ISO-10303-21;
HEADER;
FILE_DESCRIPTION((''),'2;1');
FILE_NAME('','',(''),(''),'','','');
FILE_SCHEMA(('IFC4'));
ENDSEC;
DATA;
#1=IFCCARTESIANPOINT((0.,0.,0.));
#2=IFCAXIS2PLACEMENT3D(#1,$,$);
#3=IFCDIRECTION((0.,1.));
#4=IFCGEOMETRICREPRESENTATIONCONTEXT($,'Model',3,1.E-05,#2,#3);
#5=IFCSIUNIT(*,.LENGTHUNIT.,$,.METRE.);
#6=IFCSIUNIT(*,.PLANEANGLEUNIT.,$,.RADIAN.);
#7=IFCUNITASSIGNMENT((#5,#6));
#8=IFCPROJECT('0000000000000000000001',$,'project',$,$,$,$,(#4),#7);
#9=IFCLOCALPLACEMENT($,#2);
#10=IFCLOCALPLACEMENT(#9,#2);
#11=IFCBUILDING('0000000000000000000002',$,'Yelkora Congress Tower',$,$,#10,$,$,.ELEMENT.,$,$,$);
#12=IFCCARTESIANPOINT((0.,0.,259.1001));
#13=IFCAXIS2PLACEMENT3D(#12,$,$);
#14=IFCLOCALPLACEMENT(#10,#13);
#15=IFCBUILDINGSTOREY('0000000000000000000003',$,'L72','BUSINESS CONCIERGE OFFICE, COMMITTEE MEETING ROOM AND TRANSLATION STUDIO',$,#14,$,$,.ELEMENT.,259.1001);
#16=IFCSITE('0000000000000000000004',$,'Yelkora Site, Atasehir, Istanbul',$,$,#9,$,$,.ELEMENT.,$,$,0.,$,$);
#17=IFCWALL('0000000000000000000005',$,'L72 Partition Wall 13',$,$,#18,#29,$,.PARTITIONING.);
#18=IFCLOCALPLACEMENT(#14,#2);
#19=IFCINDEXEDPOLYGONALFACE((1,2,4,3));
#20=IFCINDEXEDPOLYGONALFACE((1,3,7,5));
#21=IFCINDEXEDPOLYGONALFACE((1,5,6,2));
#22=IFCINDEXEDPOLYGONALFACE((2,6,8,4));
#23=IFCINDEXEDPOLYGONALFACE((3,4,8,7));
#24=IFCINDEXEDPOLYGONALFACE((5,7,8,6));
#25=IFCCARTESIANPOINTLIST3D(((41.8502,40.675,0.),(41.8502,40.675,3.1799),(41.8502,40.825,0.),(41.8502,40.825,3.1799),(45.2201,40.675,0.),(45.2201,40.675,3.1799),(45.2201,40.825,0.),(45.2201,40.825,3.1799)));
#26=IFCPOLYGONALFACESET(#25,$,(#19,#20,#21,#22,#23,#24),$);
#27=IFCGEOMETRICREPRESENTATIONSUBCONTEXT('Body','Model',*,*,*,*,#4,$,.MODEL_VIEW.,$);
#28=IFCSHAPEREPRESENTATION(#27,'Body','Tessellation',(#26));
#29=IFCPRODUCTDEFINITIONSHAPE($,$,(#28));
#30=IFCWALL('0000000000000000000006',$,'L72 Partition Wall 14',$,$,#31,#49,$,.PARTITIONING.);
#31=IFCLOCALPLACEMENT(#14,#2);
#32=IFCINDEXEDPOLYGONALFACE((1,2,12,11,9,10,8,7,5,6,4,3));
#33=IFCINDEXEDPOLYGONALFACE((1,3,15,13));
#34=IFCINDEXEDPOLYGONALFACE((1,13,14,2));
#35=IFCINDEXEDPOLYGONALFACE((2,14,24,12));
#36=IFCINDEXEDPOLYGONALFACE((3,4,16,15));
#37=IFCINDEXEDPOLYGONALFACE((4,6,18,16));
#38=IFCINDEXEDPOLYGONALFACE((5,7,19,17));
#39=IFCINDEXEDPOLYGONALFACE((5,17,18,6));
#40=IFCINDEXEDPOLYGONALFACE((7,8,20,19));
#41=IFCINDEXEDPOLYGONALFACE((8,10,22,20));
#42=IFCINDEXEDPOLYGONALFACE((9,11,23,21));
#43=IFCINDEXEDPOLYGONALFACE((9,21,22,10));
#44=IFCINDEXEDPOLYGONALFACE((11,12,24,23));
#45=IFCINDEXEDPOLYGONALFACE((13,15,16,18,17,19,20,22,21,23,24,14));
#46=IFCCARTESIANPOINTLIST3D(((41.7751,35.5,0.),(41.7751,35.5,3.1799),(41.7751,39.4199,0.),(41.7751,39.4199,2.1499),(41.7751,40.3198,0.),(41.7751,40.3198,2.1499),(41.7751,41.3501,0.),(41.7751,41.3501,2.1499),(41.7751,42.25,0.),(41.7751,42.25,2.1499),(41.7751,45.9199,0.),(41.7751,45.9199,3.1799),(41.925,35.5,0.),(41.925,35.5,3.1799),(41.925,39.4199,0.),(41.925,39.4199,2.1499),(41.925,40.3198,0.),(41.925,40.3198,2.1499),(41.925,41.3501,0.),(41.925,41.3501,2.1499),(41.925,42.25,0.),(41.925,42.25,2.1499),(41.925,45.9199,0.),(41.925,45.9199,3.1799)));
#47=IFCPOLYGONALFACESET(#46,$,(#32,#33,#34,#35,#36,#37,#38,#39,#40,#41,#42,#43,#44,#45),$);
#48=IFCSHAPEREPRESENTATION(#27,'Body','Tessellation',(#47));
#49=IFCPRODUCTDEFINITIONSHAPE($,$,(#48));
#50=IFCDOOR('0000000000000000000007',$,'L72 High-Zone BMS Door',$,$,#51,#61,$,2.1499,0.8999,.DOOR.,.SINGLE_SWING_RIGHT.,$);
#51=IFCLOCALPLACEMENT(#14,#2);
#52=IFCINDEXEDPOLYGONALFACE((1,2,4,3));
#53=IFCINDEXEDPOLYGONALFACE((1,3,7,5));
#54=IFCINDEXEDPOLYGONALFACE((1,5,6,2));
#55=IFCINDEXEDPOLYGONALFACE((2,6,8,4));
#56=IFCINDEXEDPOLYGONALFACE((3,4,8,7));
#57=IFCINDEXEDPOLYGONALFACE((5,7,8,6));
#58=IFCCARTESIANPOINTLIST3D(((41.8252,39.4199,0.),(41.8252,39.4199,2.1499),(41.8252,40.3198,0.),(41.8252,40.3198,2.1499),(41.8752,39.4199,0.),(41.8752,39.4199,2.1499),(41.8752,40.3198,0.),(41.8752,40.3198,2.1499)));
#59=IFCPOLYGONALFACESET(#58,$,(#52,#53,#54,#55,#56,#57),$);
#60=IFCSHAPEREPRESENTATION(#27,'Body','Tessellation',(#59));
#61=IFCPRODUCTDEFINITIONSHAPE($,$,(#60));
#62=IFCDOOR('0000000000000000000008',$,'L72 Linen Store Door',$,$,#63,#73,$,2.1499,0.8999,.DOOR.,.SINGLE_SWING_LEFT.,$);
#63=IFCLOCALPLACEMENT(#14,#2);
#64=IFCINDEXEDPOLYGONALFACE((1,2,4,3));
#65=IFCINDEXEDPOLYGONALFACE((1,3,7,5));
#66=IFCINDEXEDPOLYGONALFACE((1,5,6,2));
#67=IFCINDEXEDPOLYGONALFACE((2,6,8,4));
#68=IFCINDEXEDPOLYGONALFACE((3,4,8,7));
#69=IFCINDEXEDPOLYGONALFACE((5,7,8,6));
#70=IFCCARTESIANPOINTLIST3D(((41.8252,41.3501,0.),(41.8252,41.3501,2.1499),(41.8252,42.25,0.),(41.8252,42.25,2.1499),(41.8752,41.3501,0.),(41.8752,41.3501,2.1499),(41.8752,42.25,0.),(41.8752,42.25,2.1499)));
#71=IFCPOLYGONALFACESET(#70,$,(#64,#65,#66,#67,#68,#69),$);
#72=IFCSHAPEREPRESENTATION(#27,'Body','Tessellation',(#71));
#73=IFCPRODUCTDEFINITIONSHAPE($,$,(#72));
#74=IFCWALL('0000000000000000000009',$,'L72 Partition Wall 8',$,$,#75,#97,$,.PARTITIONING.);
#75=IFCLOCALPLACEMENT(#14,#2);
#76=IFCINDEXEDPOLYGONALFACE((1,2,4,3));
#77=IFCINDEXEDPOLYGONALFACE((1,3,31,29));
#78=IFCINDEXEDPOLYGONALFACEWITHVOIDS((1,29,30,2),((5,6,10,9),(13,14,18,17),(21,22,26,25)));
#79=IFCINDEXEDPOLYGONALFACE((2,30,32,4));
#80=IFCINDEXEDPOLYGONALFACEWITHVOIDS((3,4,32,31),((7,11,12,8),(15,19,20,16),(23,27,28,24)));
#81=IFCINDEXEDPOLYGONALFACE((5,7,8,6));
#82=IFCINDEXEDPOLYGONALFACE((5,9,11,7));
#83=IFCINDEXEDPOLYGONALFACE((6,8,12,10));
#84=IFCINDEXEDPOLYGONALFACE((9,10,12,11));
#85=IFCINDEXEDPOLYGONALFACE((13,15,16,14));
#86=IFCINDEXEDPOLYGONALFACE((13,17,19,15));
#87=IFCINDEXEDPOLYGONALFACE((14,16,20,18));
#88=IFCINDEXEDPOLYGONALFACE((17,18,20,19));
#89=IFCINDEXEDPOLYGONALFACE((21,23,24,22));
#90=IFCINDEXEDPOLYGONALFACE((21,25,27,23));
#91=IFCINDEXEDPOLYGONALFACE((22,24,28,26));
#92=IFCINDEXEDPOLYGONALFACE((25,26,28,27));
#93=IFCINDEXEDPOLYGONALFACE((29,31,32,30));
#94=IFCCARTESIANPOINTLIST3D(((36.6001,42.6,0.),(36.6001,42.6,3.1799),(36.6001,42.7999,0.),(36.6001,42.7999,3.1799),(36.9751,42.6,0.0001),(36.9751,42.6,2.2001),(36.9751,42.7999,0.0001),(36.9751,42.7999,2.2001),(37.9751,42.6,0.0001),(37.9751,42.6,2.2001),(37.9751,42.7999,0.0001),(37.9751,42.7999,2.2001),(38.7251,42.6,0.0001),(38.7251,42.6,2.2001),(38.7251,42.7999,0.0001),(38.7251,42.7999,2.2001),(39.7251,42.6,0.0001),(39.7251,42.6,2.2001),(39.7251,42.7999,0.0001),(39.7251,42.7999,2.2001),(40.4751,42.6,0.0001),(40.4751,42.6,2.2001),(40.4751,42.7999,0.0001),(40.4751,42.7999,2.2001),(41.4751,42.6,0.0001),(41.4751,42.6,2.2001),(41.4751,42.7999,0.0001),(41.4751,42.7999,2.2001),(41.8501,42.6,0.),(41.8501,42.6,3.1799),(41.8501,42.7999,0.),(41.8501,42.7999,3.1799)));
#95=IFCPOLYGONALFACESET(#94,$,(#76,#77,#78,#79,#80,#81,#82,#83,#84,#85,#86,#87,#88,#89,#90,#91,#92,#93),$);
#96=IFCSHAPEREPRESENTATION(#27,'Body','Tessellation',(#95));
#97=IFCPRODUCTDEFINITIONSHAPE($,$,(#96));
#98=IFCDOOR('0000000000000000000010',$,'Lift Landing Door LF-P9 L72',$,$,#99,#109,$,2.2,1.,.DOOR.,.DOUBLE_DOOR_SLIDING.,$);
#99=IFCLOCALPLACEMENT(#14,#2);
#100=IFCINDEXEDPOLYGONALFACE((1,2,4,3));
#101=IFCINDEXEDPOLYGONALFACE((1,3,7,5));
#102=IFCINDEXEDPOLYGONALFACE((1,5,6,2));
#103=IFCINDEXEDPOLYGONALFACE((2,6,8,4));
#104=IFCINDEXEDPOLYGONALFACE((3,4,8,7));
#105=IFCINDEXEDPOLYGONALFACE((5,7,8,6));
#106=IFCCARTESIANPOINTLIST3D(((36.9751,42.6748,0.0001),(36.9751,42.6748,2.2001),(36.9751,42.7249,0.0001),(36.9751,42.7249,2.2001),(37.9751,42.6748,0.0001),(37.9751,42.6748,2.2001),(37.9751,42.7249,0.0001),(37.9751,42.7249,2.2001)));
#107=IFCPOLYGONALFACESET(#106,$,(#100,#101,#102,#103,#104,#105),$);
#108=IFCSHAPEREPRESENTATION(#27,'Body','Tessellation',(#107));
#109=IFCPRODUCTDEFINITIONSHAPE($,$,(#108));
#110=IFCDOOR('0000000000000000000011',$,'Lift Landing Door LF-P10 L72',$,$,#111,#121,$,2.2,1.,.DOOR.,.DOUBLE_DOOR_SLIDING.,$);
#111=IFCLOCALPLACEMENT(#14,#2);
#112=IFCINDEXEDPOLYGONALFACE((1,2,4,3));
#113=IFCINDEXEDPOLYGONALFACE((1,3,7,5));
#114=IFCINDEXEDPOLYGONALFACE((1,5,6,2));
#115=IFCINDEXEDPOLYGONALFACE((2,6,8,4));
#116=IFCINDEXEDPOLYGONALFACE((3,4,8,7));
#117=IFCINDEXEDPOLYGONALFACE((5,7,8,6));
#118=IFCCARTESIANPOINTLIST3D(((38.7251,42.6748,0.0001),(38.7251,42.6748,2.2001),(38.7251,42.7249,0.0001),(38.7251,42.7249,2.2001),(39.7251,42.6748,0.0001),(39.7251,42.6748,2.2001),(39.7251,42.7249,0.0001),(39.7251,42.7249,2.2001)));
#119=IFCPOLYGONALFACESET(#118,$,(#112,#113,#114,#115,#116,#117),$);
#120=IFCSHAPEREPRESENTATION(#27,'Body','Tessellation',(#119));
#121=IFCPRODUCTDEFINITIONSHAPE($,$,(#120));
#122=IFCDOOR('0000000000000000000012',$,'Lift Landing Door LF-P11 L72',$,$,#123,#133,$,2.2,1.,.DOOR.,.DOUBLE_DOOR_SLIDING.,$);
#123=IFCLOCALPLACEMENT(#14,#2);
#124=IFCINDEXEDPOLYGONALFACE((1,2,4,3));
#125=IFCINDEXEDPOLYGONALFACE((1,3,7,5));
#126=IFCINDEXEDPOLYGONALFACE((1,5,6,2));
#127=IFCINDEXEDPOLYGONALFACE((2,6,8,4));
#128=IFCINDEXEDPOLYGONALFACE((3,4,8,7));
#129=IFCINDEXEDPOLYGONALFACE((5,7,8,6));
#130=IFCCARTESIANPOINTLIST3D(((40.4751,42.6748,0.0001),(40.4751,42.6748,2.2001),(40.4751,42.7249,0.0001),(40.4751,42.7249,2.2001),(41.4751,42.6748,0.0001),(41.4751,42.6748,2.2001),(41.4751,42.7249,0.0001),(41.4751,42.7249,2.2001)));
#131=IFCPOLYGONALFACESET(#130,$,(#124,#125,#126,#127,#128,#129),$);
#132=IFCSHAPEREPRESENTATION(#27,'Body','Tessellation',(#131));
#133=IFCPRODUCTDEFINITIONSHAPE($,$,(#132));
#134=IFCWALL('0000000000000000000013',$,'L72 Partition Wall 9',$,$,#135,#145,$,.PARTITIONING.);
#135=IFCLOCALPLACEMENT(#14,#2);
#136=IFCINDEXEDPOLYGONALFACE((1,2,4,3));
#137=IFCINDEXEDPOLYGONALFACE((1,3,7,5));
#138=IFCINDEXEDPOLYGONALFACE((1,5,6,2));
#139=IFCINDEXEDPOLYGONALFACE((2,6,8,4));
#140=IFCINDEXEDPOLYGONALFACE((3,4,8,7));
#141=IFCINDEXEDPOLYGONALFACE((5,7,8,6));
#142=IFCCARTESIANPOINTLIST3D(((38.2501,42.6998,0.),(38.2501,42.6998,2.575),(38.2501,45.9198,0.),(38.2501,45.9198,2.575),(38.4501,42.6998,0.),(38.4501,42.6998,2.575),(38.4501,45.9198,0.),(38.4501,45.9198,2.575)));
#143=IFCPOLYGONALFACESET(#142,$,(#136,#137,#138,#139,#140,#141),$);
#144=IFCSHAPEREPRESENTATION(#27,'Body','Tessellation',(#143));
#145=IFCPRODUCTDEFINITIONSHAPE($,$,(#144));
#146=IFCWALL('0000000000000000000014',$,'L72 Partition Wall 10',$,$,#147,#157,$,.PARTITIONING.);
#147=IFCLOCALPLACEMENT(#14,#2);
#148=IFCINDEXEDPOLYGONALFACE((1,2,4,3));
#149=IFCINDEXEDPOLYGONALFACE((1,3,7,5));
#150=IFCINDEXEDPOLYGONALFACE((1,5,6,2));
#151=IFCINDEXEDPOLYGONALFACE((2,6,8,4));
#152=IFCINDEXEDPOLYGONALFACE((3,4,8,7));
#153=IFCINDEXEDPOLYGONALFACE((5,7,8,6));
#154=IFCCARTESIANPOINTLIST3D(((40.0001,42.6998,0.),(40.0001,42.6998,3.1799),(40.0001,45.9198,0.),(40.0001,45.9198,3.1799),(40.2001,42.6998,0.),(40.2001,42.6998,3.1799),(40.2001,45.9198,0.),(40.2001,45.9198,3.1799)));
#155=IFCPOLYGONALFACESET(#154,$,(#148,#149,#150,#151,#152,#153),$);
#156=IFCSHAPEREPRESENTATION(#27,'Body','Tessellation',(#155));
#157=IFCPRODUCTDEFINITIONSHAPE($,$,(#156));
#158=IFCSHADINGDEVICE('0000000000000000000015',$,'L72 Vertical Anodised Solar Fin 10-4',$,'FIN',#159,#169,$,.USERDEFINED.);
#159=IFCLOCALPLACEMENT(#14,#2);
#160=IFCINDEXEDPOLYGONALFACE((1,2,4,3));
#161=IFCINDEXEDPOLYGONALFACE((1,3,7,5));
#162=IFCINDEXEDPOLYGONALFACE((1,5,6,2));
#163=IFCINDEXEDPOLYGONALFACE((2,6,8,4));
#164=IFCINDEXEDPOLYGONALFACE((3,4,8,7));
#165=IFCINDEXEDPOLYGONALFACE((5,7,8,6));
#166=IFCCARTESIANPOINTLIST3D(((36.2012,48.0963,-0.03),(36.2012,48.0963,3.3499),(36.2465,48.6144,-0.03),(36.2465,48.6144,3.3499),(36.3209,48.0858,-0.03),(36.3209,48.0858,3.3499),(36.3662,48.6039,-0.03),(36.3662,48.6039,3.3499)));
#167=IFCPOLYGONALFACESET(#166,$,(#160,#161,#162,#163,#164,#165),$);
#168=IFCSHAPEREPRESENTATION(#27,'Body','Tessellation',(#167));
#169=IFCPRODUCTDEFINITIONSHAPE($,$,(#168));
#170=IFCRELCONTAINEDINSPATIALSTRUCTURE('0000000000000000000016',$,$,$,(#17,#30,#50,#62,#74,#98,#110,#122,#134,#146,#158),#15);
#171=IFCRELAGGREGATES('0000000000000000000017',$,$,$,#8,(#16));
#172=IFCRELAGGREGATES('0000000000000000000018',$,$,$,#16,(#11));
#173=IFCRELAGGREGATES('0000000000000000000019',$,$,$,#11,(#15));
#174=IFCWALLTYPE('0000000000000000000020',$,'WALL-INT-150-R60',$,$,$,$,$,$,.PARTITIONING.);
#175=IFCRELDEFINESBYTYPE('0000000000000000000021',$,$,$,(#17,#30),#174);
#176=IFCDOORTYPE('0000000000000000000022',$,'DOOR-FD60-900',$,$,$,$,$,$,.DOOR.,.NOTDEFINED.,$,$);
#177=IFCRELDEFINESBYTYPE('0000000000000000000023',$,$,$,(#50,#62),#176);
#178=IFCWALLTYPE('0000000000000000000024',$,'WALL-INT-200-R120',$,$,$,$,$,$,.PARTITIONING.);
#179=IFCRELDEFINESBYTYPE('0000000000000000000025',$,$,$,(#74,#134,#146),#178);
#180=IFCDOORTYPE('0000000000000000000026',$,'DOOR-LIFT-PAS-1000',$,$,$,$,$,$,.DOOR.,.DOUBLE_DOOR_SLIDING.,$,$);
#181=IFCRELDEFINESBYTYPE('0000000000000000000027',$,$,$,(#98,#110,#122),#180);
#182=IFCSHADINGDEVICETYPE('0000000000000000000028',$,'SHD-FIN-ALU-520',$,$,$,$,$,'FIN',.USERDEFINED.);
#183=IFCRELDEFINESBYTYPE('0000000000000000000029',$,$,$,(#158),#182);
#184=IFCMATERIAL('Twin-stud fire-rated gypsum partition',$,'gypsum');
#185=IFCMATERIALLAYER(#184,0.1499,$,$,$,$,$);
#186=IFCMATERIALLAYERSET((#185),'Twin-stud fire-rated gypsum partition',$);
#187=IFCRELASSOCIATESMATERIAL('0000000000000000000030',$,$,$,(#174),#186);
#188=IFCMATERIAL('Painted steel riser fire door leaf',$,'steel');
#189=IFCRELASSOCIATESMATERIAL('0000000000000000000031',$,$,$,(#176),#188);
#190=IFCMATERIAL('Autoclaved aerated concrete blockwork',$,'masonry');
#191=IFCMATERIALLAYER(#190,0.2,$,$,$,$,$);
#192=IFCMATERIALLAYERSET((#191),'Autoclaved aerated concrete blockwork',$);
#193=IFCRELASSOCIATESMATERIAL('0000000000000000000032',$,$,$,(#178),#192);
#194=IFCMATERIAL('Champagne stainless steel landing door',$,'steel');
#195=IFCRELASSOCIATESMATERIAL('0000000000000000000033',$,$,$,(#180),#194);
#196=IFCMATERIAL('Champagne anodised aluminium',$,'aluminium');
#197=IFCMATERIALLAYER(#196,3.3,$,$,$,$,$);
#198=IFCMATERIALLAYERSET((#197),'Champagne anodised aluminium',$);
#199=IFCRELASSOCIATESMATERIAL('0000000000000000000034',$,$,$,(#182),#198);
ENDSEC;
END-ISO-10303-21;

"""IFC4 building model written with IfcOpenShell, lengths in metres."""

from ifc_helpers import new_model, si_unit, direction, frame, frame_2d, origin, origin_2d, place, context, subcontext, project, spatial, rectangle, extrude, material, layer, layer_set, type_object, element, fill, save


model = new_model("IFC4")

# Units and contexts
model_context = context("Model", 3, precision=1e-05, world=origin(), true_north=direction((0.0, 1.0)))
body_context = subcontext(model_context, "Body", "Model", "MODEL_VIEW")
ifc_project = project(units=[si_unit("LENGTHUNIT", "METRE"), si_unit("PLANEANGLEUNIT", "RADIAN")], contexts=[model_context])

# Site, building, storey
site_placement = place(None, origin())
site = spatial("IfcSite", under=ifc_project, at=site_placement, Name="Yelkora Site, Atasehir, Istanbul", CompositionType="ELEMENT", RefElevation=0.0)
building_placement = place(site_placement, origin())
building = spatial("IfcBuilding", under=site, at=building_placement, Name="Yelkora Congress Tower", CompositionType="ELEMENT")
storey_placement = place(building_placement, frame((0.0, 0.0, 259.1001)))
storey = spatial("IfcBuildingStorey", under=building, at=storey_placement, Name="L72", Description="BUSINESS CONCIERGE OFFICE, COMMITTEE MEETING ROOM AND TRANSLATION STUDIO", CompositionType="ELEMENT", Elevation=259.1001)

# Shared definitions
ifc_material_1 = material(Name="Twin-stud fire-rated gypsum partition", Category="gypsum")
ifc_layer_1 = layer(ifc_material_1, 0.1499)
ifc_layer_set_1 = layer_set([ifc_layer_1], Name="Twin-stud fire-rated gypsum partition")
wall_type_1 = type_object("IfcWallType", Name="WALL-INT-150-R60", PredefinedType="PARTITIONING", material=ifc_layer_set_1)

# Shared definitions
ifc_material_2 = material(Name="Painted steel riser fire door leaf", Category="steel")
door_type_1 = type_object("IfcDoorType", Name="DOOR-FD60-900", OperationType="NOTDEFINED", PredefinedType="DOOR", material=ifc_material_2)

# Wall
wall_1_placement = place(storey_placement, frame((41.8501, 40.75, 0.0), z_axis=(0.0, 0.0, 1.0), x_axis=(1.0, 0.0, 0.0)))
element("IfcWall", 1, at=wall_1_placement, inside=storey, type_object=wall_type_1, Name="L72 Partition Wall 13", PredefinedType="PARTITIONING", context=body_context, shape_type="SweptSolid", body=[
    extrude(rectangle(XDim=3.3699, YDim=0.1499, at=frame_2d((1.6851, 0.0))), origin(), (0.0, 0.0, 1.0), 3.1799),
])

# Walls, openings, doors
wall_2_placement = place(storey_placement, frame((41.8501, 35.5, 0.0), z_axis=(0.0, 0.0, 1.0), x_axis=(0.0, 1.0, 0.0)))
wall_2 = element("IfcWall", 2, at=wall_2_placement, inside=storey, type_object=wall_type_1, Name="L72 Partition Wall 14", PredefinedType="PARTITIONING", context=body_context, shape_type="SweptSolid", body=[
    extrude(rectangle(XDim=10.4199, YDim=0.1499, at=frame_2d((5.21, 0.0))), origin(), (0.0, 0.0, 1.0), 3.1799),
])
opening_1_placement = place(wall_2_placement, frame((3.9199, 0.0, 0.0)))
opening_1 = element("IfcOpeningElement", 3, at=opening_1_placement, cuts=wall_2, PredefinedType="OPENING", context=body_context, shape_type="SweptSolid", body=[
    extrude(rectangle(XDim=0.8999, YDim=2.1499, at=frame_2d((0.45, 1.075))), frame((0.0, 0.085, 0.0), z_axis=(0.0, -1.0, 0.0), x_axis=(1.0, 0.0, 0.0)), (0.0, 0.0, 1.0), 0.1699),
])
opening_2_placement = place(wall_2_placement, frame((5.8501, 0.0, 0.0)))
opening_2 = element("IfcOpeningElement", 4, at=opening_2_placement, cuts=wall_2, PredefinedType="OPENING", context=body_context, shape_type="SweptSolid", body=[
    extrude(rectangle(XDim=0.8999, YDim=2.1499, at=frame_2d((0.45, 1.075))), frame((0.0, 0.085, 0.0), z_axis=(0.0, -1.0, 0.0), x_axis=(1.0, 0.0, 0.0)), (0.0, 0.0, 1.0), 0.1699),
])
door_1_placement = place(opening_1_placement, origin())
door_1 = element("IfcDoor", 5, at=door_1_placement, inside=storey, type_object=door_type_1, Name="L72 High-Zone BMS Door", OperationType="SINGLE_SWING_RIGHT", OverallHeight=2.1499, OverallWidth=0.8999, PredefinedType="DOOR", context=body_context, shape_type="SweptSolid", body=[
    extrude(rectangle(XDim=0.8999, YDim=2.1499, at=frame_2d((0.45, 1.075))), frame((0.0, 0.0249, 0.0), z_axis=(0.0, -1.0, 0.0), x_axis=(1.0, 0.0, 0.0)), (0.0, 0.0, 1.0), 0.05),
])
fill(opening_1, door_1)
door_2_placement = place(opening_2_placement, origin())
door_2 = element("IfcDoor", 6, at=door_2_placement, inside=storey, type_object=door_type_1, Name="L72 Linen Store Door", OperationType="SINGLE_SWING_LEFT", OverallHeight=2.1499, OverallWidth=0.8999, PredefinedType="DOOR", context=body_context, shape_type="SweptSolid", body=[
    extrude(rectangle(XDim=0.8999, YDim=2.1499, at=frame_2d((0.45, 1.075))), frame((0.0, 0.0249, 0.0), z_axis=(0.0, -1.0, 0.0), x_axis=(1.0, 0.0, 0.0)), (0.0, 0.0, 1.0), 0.05),
])
fill(opening_2, door_2)
ifc_material_3 = material(Name="Autoclaved aerated concrete blockwork", Category="masonry")
ifc_layer_2 = layer(ifc_material_3, 0.2)
ifc_layer_set_2 = layer_set([ifc_layer_2], Name="Autoclaved aerated concrete blockwork")
wall_type_2 = type_object("IfcWallType", Name="WALL-INT-200-R120", PredefinedType="PARTITIONING", material=ifc_layer_set_2)
wall_3_placement = place(storey_placement, frame((36.6001, 42.7, 0.0), z_axis=(0.0, 0.0, 1.0), x_axis=(1.0, 0.0, 0.0)))
wall_3 = element("IfcWall", 7, at=wall_3_placement, inside=storey, type_object=wall_type_2, Name="L72 Partition Wall 8", PredefinedType="PARTITIONING", context=body_context, shape_type="SweptSolid", body=[
    extrude(rectangle(XDim=5.25, YDim=0.2, at=frame_2d((2.625, 0.0))), origin(), (0.0, 0.0, 1.0), 3.1799),
])
opening_3_placement = place(wall_3_placement, frame((0.375, 0.0, 0.0)))
opening_3 = element("IfcOpeningElement", 8, at=opening_3_placement, cuts=wall_3, PredefinedType="OPENING", context=body_context, shape_type="SweptSolid", body=[
    extrude(rectangle(XDim=1.0, YDim=2.2, at=frame_2d((0.5, 1.1001))), frame((0.0, 0.1099, 0.0), z_axis=(0.0, -1.0, 0.0), x_axis=(1.0, 0.0, 0.0)), (0.0, 0.0, 1.0), 0.22),
])
opening_4_placement = place(wall_3_placement, frame((2.125, 0.0, 0.0)))
opening_4 = element("IfcOpeningElement", 9, at=opening_4_placement, cuts=wall_3, PredefinedType="OPENING", context=body_context, shape_type="SweptSolid", body=[
    extrude(rectangle(XDim=1.0, YDim=2.2, at=frame_2d((0.5, 1.1001))), frame((0.0, 0.1099, 0.0), z_axis=(0.0, -1.0, 0.0), x_axis=(1.0, 0.0, 0.0)), (0.0, 0.0, 1.0), 0.22),
])
opening_5_placement = place(wall_3_placement, frame((3.875, 0.0, 0.0)))
opening_5 = element("IfcOpeningElement", 10, at=opening_5_placement, cuts=wall_3, PredefinedType="OPENING", context=body_context, shape_type="SweptSolid", body=[
    extrude(rectangle(XDim=1.0, YDim=2.2, at=frame_2d((0.5, 1.1001))), frame((0.0, 0.1099, 0.0), z_axis=(0.0, -1.0, 0.0), x_axis=(1.0, 0.0, 0.0)), (0.0, 0.0, 1.0), 0.22),
])
ifc_material_4 = material(Name="Champagne stainless steel landing door", Category="steel")
door_type_2 = type_object("IfcDoorType", Name="DOOR-LIFT-PAS-1000", OperationType="DOUBLE_DOOR_SLIDING", PredefinedType="DOOR", material=ifc_material_4)
door_3_placement = place(opening_3_placement, origin())
door_3 = element("IfcDoor", 11, at=door_3_placement, inside=storey, type_object=door_type_2, Name="Lift Landing Door LF-P9 L72", OperationType="DOUBLE_DOOR_SLIDING", OverallHeight=2.2, OverallWidth=1.0, PredefinedType="DOOR", context=body_context, shape_type="SweptSolid", body=[
    extrude(rectangle(XDim=1.0, YDim=2.2, at=frame_2d((0.5, 1.1001))), frame((0.0, 0.0249, 0.0), z_axis=(0.0, -1.0, 0.0), x_axis=(1.0, 0.0, 0.0)), (0.0, 0.0, 1.0), 0.05),
])
fill(opening_3, door_3)
door_4_placement = place(opening_4_placement, origin())
door_4 = element("IfcDoor", 12, at=door_4_placement, inside=storey, type_object=door_type_2, Name="Lift Landing Door LF-P10 L72", OperationType="DOUBLE_DOOR_SLIDING", OverallHeight=2.2, OverallWidth=1.0, PredefinedType="DOOR", context=body_context, shape_type="SweptSolid", body=[
    extrude(rectangle(XDim=1.0, YDim=2.2, at=frame_2d((0.5, 1.1001))), frame((0.0, 0.0249, 0.0), z_axis=(0.0, -1.0, 0.0), x_axis=(1.0, 0.0, 0.0)), (0.0, 0.0, 1.0), 0.05),
])
fill(opening_4, door_4)
door_5_placement = place(opening_5_placement, origin())
door_5 = element("IfcDoor", 13, at=door_5_placement, inside=storey, type_object=door_type_2, Name="Lift Landing Door LF-P11 L72", OperationType="DOUBLE_DOOR_SLIDING", OverallHeight=2.2, OverallWidth=1.0, PredefinedType="DOOR", context=body_context, shape_type="SweptSolid", body=[
    extrude(rectangle(XDim=1.0, YDim=2.2, at=frame_2d((0.5, 1.1001))), frame((0.0, 0.0249, 0.0), z_axis=(0.0, -1.0, 0.0), x_axis=(1.0, 0.0, 0.0)), (0.0, 0.0, 1.0), 0.05),
])
fill(opening_5, door_5)

# Walls
wall_4_placement = place(storey_placement, frame((38.3501, 42.7, 0.0), z_axis=(0.0, 0.0, 1.0), x_axis=(0.0, 1.0, 0.0)))
element("IfcWall", 14, at=wall_4_placement, inside=storey, type_object=wall_type_2, Name="L72 Partition Wall 9", PredefinedType="PARTITIONING", context=body_context, shape_type="SweptSolid", body=[
    extrude(rectangle(XDim=3.22, YDim=0.2, at=frame_2d((1.6099, 0.0))), origin(), (0.0, 0.0, 1.0), 2.575),
])
wall_5_placement = place(storey_placement, frame((40.1001, 42.7, 0.0), z_axis=(0.0, 0.0, 1.0), x_axis=(0.0, 1.0, 0.0)))
element("IfcWall", 15, at=wall_5_placement, inside=storey, type_object=wall_type_2, Name="L72 Partition Wall 10", PredefinedType="PARTITIONING", context=body_context, shape_type="SweptSolid", body=[
    extrude(rectangle(XDim=3.22, YDim=0.2, at=frame_2d((1.6099, 0.0))), origin(), (0.0, 0.0, 1.0), 3.1799),
])

# Shading device
ifc_material_5 = material(Name="Champagne anodised aluminium", Category="aluminium")
ifc_layer_3 = layer(ifc_material_5, 3.3)
ifc_layer_set_3 = layer_set([ifc_layer_3], Name="Champagne anodised aluminium")
shading_device_type = type_object("IfcShadingDeviceType", Name="SHD-FIN-ALU-520", ElementType="FIN", PredefinedType="USERDEFINED", material=ifc_layer_set_3)
for number, where, z_axis, x_axis, name in (
    (16, (36.2837, 48.3501, -0.03), (0.0, 0.0, 1.0), (0.996195, -0.087156, 0.0), "L72 Vertical Anodised Solar Fin 10-4"),
):
    element("IfcShadingDevice", number, at=place(storey_placement, frame(where, z_axis=z_axis, x_axis=x_axis)), inside=storey, type_object=shading_device_type, Name=name, ObjectType="FIN", PredefinedType="USERDEFINED", context=body_context, shape_type="SweptSolid", body=[
        extrude(rectangle(XDim=0.1201, YDim=0.52, at=origin_2d()), origin(), (0.0, 0.0, 1.0), 3.3799),
    ])

save(model, "model.ifc")
